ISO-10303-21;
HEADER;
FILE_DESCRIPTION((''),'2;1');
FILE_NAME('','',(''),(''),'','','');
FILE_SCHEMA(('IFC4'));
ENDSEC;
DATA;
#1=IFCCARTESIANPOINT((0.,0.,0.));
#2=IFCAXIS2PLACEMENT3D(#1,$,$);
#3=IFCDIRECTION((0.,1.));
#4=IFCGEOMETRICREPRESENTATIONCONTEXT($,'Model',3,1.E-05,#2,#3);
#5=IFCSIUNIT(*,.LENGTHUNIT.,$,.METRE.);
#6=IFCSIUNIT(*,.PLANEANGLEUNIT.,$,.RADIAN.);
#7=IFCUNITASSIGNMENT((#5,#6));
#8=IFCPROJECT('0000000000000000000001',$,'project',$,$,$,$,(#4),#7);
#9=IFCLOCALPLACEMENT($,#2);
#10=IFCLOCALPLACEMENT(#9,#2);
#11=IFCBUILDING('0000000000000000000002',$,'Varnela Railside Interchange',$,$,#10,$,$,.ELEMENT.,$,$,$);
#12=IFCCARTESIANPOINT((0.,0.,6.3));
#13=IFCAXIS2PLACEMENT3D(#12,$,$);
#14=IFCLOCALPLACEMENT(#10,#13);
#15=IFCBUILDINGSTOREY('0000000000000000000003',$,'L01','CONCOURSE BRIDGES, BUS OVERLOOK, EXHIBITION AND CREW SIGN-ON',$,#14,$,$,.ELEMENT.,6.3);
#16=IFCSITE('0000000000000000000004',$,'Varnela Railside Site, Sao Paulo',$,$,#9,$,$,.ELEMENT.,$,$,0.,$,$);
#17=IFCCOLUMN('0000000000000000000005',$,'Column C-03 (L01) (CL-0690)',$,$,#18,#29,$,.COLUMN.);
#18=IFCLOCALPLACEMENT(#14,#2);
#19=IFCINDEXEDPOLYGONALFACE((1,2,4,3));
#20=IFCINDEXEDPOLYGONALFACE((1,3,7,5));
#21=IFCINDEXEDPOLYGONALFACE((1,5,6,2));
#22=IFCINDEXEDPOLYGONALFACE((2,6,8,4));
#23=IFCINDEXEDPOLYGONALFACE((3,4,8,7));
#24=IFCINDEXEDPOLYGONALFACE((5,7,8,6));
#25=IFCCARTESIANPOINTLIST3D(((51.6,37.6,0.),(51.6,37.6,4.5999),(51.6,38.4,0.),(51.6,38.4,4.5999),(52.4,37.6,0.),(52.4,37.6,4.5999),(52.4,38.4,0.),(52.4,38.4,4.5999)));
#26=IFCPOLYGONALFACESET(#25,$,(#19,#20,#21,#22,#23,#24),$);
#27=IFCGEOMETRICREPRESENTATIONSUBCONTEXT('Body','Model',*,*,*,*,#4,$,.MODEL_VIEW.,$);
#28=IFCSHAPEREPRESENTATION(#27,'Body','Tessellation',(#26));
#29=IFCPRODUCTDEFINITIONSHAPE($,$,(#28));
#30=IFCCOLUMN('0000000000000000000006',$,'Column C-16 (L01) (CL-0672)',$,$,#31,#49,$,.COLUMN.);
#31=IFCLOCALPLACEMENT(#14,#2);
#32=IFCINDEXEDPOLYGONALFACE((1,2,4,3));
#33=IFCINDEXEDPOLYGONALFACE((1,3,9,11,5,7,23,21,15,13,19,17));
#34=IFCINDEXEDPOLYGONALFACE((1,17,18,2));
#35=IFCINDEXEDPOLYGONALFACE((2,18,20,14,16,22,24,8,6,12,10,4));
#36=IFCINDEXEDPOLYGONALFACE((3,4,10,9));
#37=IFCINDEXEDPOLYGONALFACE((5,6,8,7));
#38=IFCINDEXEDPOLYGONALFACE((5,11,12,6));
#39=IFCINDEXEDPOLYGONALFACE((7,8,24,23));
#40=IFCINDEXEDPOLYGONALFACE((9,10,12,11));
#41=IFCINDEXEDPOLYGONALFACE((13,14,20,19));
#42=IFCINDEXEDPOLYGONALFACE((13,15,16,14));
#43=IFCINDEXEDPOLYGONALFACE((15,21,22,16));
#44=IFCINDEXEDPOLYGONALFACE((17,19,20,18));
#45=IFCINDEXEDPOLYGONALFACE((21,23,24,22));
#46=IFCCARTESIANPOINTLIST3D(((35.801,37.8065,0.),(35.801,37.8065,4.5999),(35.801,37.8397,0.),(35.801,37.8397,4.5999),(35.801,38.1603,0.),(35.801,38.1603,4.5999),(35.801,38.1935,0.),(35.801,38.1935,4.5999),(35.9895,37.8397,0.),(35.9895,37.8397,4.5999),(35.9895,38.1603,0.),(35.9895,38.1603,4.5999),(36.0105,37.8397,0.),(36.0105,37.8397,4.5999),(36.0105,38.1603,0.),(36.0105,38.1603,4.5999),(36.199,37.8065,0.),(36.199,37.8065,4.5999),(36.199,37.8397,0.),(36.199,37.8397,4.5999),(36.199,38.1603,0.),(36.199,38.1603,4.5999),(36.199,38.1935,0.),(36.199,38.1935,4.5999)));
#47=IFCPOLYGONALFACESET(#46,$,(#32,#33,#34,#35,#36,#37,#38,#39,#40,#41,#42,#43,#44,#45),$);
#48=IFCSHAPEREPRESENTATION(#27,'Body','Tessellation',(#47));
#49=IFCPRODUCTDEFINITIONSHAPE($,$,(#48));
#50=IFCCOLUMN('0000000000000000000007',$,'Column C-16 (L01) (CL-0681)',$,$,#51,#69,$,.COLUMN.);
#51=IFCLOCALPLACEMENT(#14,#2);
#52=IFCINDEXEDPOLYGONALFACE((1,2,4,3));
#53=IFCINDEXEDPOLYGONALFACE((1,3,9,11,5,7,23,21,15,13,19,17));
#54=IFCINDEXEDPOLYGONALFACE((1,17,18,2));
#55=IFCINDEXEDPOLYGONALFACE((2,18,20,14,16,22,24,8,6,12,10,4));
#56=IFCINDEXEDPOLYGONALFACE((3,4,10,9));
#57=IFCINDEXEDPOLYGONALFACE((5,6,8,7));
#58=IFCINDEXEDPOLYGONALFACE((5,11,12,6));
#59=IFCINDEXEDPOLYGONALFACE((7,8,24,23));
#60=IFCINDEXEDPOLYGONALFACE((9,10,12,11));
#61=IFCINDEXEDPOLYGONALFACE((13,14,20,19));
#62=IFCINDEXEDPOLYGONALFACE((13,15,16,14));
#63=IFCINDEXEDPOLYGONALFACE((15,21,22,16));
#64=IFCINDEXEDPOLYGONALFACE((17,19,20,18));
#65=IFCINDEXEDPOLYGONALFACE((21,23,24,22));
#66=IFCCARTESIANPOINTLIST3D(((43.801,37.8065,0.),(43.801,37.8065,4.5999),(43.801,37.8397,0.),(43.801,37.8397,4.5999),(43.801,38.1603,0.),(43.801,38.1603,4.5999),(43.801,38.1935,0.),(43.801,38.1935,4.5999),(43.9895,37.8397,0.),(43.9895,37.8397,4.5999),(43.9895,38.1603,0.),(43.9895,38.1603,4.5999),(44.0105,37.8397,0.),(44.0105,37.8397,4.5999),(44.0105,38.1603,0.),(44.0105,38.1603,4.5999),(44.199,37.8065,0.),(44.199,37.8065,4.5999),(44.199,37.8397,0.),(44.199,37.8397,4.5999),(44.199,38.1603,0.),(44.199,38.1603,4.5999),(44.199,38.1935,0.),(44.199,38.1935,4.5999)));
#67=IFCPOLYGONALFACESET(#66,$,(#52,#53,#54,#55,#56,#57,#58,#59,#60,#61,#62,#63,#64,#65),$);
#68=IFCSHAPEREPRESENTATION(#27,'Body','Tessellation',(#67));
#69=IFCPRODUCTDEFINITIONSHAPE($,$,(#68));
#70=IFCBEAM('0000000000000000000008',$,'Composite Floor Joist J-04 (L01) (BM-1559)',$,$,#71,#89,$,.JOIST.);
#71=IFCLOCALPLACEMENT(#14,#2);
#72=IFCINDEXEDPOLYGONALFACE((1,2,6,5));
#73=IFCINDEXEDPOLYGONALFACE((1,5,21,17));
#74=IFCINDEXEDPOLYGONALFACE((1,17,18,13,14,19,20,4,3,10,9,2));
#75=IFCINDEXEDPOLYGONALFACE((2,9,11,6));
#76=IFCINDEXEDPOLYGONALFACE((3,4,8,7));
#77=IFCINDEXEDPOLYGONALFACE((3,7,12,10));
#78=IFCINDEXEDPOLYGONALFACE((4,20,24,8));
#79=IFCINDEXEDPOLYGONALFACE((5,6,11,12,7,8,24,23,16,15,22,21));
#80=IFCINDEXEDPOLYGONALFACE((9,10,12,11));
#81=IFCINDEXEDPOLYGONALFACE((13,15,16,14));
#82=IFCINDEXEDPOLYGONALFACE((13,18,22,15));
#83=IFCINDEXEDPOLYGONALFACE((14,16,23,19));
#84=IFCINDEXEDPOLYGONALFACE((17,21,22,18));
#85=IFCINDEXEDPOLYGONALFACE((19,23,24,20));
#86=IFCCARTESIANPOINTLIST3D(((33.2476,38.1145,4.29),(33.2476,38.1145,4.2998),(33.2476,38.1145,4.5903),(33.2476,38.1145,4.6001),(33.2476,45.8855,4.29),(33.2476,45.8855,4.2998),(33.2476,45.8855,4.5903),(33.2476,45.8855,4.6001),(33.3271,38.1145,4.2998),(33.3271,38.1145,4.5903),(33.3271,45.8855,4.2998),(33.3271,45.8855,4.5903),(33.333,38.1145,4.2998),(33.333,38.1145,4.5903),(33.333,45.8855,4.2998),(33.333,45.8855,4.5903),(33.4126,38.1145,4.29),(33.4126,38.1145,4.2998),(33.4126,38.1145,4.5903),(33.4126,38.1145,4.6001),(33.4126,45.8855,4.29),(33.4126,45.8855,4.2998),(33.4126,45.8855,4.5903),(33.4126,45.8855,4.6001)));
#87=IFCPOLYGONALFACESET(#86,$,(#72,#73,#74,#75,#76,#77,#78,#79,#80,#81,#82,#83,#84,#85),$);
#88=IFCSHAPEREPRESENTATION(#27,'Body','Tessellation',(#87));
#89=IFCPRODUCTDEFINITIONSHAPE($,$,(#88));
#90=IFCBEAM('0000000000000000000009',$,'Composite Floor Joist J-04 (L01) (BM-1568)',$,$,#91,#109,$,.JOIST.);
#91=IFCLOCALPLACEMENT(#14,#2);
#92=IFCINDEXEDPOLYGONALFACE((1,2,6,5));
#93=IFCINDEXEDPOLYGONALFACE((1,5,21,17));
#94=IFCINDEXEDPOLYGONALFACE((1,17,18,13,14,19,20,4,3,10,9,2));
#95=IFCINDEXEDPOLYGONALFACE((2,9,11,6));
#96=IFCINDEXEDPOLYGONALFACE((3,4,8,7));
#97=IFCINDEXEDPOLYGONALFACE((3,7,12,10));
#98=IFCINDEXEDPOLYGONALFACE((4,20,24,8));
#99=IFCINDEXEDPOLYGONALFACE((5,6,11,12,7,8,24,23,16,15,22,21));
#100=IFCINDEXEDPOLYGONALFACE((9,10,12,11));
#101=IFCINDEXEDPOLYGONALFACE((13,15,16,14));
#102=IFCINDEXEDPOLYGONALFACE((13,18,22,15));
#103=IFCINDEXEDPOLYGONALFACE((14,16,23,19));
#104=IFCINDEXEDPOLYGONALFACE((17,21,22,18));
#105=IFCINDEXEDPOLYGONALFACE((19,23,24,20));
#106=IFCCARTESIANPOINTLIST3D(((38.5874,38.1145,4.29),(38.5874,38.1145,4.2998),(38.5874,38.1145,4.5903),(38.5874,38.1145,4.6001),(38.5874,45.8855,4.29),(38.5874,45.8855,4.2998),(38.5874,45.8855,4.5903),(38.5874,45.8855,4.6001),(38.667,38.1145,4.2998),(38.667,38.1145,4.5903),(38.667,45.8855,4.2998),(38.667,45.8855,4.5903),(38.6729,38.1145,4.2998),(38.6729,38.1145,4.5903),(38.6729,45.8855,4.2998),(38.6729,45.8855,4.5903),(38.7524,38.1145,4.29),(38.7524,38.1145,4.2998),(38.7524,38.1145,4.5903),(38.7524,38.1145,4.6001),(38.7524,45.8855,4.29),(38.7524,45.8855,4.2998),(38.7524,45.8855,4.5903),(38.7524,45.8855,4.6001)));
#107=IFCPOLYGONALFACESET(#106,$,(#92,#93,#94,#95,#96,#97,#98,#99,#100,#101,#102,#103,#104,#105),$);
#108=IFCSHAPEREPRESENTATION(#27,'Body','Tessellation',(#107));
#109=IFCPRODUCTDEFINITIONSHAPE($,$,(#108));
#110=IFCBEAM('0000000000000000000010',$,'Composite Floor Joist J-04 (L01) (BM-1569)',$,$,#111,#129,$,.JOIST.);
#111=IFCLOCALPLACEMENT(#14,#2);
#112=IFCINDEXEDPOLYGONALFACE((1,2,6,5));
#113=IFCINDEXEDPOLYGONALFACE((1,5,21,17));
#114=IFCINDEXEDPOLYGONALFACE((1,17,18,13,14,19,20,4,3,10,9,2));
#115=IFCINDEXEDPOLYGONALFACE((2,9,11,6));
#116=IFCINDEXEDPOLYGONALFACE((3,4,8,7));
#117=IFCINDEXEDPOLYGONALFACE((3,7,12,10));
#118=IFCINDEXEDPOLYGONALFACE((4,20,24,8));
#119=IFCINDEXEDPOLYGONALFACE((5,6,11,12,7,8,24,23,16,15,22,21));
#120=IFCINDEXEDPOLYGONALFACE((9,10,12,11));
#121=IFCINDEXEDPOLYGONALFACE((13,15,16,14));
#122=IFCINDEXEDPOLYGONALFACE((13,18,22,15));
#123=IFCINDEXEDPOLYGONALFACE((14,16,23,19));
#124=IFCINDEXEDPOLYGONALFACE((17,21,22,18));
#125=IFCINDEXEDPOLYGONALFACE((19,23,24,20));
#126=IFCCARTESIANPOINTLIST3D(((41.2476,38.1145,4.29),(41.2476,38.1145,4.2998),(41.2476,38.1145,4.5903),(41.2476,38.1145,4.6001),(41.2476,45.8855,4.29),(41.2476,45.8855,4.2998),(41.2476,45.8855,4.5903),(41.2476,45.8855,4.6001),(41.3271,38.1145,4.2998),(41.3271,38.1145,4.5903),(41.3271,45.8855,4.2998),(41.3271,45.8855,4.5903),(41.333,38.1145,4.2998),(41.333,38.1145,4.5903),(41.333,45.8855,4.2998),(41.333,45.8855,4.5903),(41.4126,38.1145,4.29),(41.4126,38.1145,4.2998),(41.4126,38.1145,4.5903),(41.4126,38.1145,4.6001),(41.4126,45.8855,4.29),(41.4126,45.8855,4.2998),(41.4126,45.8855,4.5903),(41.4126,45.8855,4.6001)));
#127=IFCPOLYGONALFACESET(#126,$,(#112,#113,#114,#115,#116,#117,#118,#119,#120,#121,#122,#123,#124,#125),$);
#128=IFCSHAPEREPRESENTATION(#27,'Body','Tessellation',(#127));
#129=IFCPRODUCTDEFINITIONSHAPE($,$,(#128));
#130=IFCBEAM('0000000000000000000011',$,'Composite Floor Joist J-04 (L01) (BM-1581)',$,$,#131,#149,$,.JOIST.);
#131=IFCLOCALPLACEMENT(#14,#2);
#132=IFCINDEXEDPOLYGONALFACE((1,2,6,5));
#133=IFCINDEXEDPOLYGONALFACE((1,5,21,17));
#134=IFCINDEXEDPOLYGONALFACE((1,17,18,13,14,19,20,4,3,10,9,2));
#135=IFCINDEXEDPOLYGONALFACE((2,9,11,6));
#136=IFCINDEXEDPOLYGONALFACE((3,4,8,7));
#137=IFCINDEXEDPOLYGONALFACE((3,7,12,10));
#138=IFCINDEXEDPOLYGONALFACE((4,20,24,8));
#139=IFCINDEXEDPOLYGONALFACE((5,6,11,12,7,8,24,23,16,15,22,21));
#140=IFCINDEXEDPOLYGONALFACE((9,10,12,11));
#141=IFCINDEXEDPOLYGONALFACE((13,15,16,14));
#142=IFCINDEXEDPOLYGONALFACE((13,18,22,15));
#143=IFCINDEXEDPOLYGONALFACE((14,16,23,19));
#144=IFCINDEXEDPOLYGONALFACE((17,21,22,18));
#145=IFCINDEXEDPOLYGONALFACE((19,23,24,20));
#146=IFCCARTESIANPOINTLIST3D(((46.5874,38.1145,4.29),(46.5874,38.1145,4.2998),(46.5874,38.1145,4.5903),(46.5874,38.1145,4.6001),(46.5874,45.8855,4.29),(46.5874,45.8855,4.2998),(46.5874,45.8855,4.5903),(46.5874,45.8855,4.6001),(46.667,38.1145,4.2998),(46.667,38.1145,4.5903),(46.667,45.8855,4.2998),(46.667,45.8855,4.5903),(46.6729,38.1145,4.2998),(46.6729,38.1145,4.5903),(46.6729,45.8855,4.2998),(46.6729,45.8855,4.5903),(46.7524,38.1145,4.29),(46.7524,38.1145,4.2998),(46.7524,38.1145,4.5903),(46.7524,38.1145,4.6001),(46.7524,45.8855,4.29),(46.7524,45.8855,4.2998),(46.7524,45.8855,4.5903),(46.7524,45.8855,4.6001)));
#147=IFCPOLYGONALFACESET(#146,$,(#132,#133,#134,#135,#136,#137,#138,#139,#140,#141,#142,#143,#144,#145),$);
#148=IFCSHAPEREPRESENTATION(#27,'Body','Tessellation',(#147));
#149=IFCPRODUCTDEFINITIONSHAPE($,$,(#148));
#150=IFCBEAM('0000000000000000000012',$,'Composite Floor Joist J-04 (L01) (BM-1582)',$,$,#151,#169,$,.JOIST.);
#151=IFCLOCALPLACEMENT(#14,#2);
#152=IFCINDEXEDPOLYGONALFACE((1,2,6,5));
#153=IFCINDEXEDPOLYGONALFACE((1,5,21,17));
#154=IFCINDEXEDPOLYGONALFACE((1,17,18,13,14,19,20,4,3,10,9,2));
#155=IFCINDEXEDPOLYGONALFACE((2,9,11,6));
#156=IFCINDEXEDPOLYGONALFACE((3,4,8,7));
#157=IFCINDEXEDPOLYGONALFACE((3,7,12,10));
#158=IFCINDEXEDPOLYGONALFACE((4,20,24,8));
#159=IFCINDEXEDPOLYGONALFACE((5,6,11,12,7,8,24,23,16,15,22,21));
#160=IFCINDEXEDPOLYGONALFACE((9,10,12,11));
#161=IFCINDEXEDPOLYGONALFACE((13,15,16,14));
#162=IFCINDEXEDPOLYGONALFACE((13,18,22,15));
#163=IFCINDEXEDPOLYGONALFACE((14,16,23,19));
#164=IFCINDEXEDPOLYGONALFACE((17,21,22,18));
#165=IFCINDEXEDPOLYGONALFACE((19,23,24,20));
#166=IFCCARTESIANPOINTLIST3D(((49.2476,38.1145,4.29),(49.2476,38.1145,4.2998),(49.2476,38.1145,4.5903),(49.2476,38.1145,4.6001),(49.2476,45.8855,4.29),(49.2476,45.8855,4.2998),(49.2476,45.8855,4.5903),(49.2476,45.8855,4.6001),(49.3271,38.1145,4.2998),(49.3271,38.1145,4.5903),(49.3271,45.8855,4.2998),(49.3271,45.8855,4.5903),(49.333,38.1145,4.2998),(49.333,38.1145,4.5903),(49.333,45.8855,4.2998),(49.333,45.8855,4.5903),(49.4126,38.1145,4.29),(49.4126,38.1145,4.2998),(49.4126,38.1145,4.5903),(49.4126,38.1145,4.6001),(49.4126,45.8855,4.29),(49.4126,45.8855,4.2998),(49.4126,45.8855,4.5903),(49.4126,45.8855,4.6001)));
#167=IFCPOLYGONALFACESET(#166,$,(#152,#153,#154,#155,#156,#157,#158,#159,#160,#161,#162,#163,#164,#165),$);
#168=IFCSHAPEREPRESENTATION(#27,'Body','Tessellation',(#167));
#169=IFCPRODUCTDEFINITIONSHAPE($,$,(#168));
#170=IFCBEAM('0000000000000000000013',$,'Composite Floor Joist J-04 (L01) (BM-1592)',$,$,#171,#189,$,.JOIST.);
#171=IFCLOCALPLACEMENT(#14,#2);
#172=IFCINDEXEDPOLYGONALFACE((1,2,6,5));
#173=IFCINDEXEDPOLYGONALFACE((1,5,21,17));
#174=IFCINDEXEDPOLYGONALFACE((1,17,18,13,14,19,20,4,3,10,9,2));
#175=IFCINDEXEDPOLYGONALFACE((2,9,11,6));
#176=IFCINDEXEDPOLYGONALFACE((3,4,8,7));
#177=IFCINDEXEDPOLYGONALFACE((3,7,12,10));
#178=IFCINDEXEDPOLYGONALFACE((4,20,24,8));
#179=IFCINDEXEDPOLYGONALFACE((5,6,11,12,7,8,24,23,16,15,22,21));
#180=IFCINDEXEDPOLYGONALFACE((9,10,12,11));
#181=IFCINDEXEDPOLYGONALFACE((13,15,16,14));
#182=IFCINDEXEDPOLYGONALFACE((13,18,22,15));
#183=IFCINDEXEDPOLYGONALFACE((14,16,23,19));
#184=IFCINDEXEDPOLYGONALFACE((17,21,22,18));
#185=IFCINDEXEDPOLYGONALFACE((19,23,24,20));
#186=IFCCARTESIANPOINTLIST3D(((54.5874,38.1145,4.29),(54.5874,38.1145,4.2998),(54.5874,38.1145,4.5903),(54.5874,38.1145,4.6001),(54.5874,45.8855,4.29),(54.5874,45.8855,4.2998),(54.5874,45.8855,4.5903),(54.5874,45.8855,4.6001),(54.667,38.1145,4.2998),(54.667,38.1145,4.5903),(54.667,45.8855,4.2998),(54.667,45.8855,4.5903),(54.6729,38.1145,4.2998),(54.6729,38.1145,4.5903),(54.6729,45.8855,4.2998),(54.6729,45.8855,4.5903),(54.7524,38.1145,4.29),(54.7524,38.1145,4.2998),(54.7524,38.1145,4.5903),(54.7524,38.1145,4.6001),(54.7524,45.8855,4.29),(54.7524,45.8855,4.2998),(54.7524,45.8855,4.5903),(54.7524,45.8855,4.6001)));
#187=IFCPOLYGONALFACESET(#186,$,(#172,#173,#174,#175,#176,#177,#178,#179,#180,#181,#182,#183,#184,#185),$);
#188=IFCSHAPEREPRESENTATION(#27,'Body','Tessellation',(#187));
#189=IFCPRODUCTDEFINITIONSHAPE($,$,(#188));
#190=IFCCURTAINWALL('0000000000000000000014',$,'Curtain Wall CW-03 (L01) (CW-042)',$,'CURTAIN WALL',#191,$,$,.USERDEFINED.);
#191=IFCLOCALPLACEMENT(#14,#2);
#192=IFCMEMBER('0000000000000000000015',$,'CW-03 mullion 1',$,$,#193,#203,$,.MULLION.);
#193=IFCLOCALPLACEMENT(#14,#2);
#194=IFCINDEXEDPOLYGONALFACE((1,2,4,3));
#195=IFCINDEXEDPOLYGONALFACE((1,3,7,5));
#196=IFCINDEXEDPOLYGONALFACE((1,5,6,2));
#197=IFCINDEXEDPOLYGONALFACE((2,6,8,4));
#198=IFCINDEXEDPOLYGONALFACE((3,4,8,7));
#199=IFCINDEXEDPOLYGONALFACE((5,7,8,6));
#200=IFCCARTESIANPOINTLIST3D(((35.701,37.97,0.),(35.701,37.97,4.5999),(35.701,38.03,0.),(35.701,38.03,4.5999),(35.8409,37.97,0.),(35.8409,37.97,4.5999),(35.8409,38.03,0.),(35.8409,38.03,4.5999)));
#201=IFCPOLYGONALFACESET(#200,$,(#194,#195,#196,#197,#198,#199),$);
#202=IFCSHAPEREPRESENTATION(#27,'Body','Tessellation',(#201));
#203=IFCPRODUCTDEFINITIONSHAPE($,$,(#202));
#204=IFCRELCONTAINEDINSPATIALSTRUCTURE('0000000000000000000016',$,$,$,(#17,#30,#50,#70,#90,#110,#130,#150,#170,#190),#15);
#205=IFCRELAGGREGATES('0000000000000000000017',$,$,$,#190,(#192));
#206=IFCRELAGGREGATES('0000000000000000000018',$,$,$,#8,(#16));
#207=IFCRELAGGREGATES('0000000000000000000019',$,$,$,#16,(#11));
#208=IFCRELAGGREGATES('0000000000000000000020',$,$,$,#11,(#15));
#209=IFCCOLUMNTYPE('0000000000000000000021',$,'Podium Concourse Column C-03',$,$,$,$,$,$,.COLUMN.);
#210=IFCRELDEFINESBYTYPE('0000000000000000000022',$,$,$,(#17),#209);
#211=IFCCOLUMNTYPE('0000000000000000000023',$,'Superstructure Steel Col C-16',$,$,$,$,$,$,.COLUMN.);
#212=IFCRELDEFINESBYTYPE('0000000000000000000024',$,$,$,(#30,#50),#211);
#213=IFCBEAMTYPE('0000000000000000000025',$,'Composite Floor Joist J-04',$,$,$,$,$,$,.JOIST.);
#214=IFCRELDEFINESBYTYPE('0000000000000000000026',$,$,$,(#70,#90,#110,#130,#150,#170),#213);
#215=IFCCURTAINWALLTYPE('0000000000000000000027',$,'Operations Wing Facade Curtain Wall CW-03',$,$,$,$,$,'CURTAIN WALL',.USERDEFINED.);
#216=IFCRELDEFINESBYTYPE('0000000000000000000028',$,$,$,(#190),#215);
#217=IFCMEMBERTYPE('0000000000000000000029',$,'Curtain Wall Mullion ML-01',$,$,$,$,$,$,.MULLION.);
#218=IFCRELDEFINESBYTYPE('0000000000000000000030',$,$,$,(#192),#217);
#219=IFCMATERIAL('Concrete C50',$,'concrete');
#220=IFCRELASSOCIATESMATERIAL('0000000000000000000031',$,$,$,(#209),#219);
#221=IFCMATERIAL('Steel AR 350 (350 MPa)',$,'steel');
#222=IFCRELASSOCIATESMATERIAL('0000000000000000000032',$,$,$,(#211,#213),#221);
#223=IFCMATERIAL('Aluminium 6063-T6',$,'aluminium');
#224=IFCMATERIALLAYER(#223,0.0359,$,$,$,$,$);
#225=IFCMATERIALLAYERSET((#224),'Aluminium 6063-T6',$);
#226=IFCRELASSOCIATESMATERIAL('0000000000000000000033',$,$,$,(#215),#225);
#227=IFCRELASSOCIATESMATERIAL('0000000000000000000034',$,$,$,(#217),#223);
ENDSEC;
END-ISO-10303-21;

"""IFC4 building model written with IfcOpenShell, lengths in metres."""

from ifc_helpers import new_model, si_unit, direction, frame, origin, origin_2d, place, context, subcontext, project, spatial, rectangle, i_section, extrude, material, layer, layer_set, material_profile, profile_set, type_object, element, aggregate, save


model = new_model("IFC4")

# Units and contexts
model_context = context("Model", 3, precision=1e-05, world=origin(), true_north=direction((0.0, 1.0)))
body_context = subcontext(model_context, "Body", "Model", "MODEL_VIEW")
ifc_project = project(units=[si_unit("LENGTHUNIT", "METRE"), si_unit("PLANEANGLEUNIT", "RADIAN")], contexts=[model_context])

# Site, building, storey
site_placement = place(None, origin())
site = spatial("IfcSite", under=ifc_project, at=site_placement, Name="Varnela Railside Site, Sao Paulo", CompositionType="ELEMENT", RefElevation=0.0)
building_placement = place(site_placement, origin())
building = spatial("IfcBuilding", under=site, at=building_placement, Name="Varnela Railside Interchange", CompositionType="ELEMENT")
storey_placement = place(building_placement, frame((0.0, 0.0, 6.3)))
storey = spatial("IfcBuildingStorey", under=building, at=storey_placement, Name="L01", Description="CONCOURSE BRIDGES, BUS OVERLOOK, EXHIBITION AND CREW SIGN-ON", CompositionType="ELEMENT", Elevation=6.3)

# Columns
ifc_material_1 = material(Name="Concrete C50", Category="concrete")
ifc_material_profile_1 = material_profile(ifc_material_1, rectangle(XDim=0.8, YDim=0.8, at=origin_2d()), Name="RC 800x800")
ifc_profile_set_1 = profile_set([ifc_material_profile_1], Name="Concrete C50")
column_type_1 = type_object("IfcColumnType", Name="Podium Concourse Column C-03", PredefinedType="COLUMN", material=ifc_profile_set_1)
column_placement = place(storey_placement, frame((52.0, 38.0, 0.0), z_axis=(0.0, 0.0, 1.0), x_axis=(1.0, 0.0, 0.0)))
element("IfcColumn", 1, at=column_placement, inside=storey, type_object=column_type_1, Name="Column C-03 (L01) (CL-0690)", PredefinedType="COLUMN", context=body_context, shape_type="SweptSolid", body=[
    extrude(rectangle(XDim=0.8, YDim=0.8, at=origin_2d()), origin(), (0.0, 0.0, 1.0), 4.5999),
])
ifc_material_2 = material(Name="Steel AR 350 (350 MPa)", Category="steel")
ifc_material_profile_2 = material_profile(ifc_material_2, i_section(OverallWidth=0.3979, OverallDepth=0.387, WebThickness=0.021, FlangeThickness=0.0332, at=origin_2d()), Name="W360x262")
ifc_profile_set_2 = profile_set([ifc_material_profile_2], Name="Steel AR 350 (350 MPa)")
column_type_2 = type_object("IfcColumnType", Name="Superstructure Steel Col C-16", PredefinedType="COLUMN", material=ifc_profile_set_2)
for number, where, z_axis, x_axis, name in (
    (2, (36.0, 38.0, 0.0), (0.0, 0.0, 1.0), (1.0, 0.0, 0.0), "Column C-16 (L01) (CL-0672)"),
    (3, (44.0, 38.0, 0.0), (0.0, 0.0, 1.0), (1.0, 0.0, 0.0), "Column C-16 (L01) (CL-0681)"),
):
    element("IfcColumn", number, at=place(storey_placement, frame(where, z_axis=z_axis, x_axis=x_axis)), inside=storey, type_object=column_type_2, Name=name, PredefinedType="COLUMN", context=body_context, shape_type="SweptSolid", body=[
        extrude(i_section(OverallWidth=0.3979, OverallDepth=0.387, WebThickness=0.021, FlangeThickness=0.0332, at=origin_2d()), origin(), (0.0, 0.0, 1.0), 4.5999),
    ])

# Beams
ifc_material_profile_3 = material_profile(ifc_material_2, i_section(OverallWidth=0.165, OverallDepth=0.3101, WebThickness=0.0059, FlangeThickness=0.0098, at=origin_2d()), Name="W310x38.7")
ifc_profile_set_3 = profile_set([ifc_material_profile_3], Name="Steel AR 350 (350 MPa)")
beam_type_1 = type_object("IfcBeamType", Name="Composite Floor Joist J-04", PredefinedType="JOIST", material=ifc_profile_set_3)
for number, where, z_axis, x_axis, name in (
    (4, (33.3301, 38.1145, 4.4451), (0.0, 1.0, 0.0), (-1.0, 0.0, 0.0), "Composite Floor Joist J-04 (L01) (BM-1559)"),
    (5, (38.6699, 38.1145, 4.4451), (0.0, 1.0, 0.0), (-1.0, 0.0, 0.0), "Composite Floor Joist J-04 (L01) (BM-1568)"),
    (6, (41.3301, 38.1145, 4.4451), (0.0, 1.0, 0.0), (-1.0, 0.0, 0.0), "Composite Floor Joist J-04 (L01) (BM-1569)"),
    (7, (46.6699, 38.1145, 4.4451), (0.0, 1.0, 0.0), (-1.0, 0.0, 0.0), "Composite Floor Joist J-04 (L01) (BM-1581)"),
    (8, (49.3301, 38.1145, 4.4451), (0.0, 1.0, 0.0), (-1.0, 0.0, 0.0), "Composite Floor Joist J-04 (L01) (BM-1582)"),
    (9, (54.6699, 38.1145, 4.4451), (0.0, 1.0, 0.0), (-1.0, 0.0, 0.0), "Composite Floor Joist J-04 (L01) (BM-1592)"),
):
    element("IfcBeam", number, at=place(storey_placement, frame(where, z_axis=z_axis, x_axis=x_axis)), inside=storey, type_object=beam_type_1, Name=name, PredefinedType="JOIST", context=body_context, shape_type="SweptSolid", body=[
        extrude(i_section(OverallWidth=0.165, OverallDepth=0.3101, WebThickness=0.0059, FlangeThickness=0.0098, at=origin_2d()), origin(), (0.0, 0.0, 1.0), 7.771),
    ])

# Curtain wall, member
ifc_material_3 = material(Name="Aluminium 6063-T6", Category="aluminium")
ifc_layer_1 = layer(ifc_material_3, 0.0359)
ifc_layer_set_1 = layer_set([ifc_layer_1], Name="Aluminium 6063-T6")
curtain_wall_type = type_object("IfcCurtainWallType", Name="Operations Wing Facade Curtain Wall CW-03", ElementType="CURTAIN WALL", PredefinedType="USERDEFINED", material=ifc_layer_set_1)
curtain_wall_placement = place(storey_placement, origin())
curtain_wall = element("IfcCurtainWall", 10, at=curtain_wall_placement, inside=storey, type_object=curtain_wall_type, Name="Curtain Wall CW-03 (L01) (CW-042)", ObjectType="CURTAIN WALL", PredefinedType="USERDEFINED")
ifc_material_profile_4 = material_profile(ifc_material_3, rectangle(XDim=0.0601, YDim=0.1399, at=origin_2d()), Name="ALU 60x140")
ifc_profile_set_4 = profile_set([ifc_material_profile_4], Name="Aluminium 6063-T6")
member_type_1 = type_object("IfcMemberType", Name="Curtain Wall Mullion ML-01", PredefinedType="MULLION", material=ifc_profile_set_4)
member_1_placement = place(storey_placement, frame((35.771, 38.0, 0.0), z_axis=(0.0, 0.0, 1.0), x_axis=(0.0, -1.0, 0.0)))
member_1 = element("IfcMember", 11, at=member_1_placement, type_object=member_type_1, Name="CW-03 mullion 1", PredefinedType="MULLION", context=body_context, shape_type="SweptSolid", body=[
    extrude(rectangle(XDim=0.0601, YDim=0.1399, at=origin_2d()), origin(), (0.0, 0.0, 1.0), 4.5999),
])

aggregate(curtain_wall, [member_1])

save(model, "model.ifc")
